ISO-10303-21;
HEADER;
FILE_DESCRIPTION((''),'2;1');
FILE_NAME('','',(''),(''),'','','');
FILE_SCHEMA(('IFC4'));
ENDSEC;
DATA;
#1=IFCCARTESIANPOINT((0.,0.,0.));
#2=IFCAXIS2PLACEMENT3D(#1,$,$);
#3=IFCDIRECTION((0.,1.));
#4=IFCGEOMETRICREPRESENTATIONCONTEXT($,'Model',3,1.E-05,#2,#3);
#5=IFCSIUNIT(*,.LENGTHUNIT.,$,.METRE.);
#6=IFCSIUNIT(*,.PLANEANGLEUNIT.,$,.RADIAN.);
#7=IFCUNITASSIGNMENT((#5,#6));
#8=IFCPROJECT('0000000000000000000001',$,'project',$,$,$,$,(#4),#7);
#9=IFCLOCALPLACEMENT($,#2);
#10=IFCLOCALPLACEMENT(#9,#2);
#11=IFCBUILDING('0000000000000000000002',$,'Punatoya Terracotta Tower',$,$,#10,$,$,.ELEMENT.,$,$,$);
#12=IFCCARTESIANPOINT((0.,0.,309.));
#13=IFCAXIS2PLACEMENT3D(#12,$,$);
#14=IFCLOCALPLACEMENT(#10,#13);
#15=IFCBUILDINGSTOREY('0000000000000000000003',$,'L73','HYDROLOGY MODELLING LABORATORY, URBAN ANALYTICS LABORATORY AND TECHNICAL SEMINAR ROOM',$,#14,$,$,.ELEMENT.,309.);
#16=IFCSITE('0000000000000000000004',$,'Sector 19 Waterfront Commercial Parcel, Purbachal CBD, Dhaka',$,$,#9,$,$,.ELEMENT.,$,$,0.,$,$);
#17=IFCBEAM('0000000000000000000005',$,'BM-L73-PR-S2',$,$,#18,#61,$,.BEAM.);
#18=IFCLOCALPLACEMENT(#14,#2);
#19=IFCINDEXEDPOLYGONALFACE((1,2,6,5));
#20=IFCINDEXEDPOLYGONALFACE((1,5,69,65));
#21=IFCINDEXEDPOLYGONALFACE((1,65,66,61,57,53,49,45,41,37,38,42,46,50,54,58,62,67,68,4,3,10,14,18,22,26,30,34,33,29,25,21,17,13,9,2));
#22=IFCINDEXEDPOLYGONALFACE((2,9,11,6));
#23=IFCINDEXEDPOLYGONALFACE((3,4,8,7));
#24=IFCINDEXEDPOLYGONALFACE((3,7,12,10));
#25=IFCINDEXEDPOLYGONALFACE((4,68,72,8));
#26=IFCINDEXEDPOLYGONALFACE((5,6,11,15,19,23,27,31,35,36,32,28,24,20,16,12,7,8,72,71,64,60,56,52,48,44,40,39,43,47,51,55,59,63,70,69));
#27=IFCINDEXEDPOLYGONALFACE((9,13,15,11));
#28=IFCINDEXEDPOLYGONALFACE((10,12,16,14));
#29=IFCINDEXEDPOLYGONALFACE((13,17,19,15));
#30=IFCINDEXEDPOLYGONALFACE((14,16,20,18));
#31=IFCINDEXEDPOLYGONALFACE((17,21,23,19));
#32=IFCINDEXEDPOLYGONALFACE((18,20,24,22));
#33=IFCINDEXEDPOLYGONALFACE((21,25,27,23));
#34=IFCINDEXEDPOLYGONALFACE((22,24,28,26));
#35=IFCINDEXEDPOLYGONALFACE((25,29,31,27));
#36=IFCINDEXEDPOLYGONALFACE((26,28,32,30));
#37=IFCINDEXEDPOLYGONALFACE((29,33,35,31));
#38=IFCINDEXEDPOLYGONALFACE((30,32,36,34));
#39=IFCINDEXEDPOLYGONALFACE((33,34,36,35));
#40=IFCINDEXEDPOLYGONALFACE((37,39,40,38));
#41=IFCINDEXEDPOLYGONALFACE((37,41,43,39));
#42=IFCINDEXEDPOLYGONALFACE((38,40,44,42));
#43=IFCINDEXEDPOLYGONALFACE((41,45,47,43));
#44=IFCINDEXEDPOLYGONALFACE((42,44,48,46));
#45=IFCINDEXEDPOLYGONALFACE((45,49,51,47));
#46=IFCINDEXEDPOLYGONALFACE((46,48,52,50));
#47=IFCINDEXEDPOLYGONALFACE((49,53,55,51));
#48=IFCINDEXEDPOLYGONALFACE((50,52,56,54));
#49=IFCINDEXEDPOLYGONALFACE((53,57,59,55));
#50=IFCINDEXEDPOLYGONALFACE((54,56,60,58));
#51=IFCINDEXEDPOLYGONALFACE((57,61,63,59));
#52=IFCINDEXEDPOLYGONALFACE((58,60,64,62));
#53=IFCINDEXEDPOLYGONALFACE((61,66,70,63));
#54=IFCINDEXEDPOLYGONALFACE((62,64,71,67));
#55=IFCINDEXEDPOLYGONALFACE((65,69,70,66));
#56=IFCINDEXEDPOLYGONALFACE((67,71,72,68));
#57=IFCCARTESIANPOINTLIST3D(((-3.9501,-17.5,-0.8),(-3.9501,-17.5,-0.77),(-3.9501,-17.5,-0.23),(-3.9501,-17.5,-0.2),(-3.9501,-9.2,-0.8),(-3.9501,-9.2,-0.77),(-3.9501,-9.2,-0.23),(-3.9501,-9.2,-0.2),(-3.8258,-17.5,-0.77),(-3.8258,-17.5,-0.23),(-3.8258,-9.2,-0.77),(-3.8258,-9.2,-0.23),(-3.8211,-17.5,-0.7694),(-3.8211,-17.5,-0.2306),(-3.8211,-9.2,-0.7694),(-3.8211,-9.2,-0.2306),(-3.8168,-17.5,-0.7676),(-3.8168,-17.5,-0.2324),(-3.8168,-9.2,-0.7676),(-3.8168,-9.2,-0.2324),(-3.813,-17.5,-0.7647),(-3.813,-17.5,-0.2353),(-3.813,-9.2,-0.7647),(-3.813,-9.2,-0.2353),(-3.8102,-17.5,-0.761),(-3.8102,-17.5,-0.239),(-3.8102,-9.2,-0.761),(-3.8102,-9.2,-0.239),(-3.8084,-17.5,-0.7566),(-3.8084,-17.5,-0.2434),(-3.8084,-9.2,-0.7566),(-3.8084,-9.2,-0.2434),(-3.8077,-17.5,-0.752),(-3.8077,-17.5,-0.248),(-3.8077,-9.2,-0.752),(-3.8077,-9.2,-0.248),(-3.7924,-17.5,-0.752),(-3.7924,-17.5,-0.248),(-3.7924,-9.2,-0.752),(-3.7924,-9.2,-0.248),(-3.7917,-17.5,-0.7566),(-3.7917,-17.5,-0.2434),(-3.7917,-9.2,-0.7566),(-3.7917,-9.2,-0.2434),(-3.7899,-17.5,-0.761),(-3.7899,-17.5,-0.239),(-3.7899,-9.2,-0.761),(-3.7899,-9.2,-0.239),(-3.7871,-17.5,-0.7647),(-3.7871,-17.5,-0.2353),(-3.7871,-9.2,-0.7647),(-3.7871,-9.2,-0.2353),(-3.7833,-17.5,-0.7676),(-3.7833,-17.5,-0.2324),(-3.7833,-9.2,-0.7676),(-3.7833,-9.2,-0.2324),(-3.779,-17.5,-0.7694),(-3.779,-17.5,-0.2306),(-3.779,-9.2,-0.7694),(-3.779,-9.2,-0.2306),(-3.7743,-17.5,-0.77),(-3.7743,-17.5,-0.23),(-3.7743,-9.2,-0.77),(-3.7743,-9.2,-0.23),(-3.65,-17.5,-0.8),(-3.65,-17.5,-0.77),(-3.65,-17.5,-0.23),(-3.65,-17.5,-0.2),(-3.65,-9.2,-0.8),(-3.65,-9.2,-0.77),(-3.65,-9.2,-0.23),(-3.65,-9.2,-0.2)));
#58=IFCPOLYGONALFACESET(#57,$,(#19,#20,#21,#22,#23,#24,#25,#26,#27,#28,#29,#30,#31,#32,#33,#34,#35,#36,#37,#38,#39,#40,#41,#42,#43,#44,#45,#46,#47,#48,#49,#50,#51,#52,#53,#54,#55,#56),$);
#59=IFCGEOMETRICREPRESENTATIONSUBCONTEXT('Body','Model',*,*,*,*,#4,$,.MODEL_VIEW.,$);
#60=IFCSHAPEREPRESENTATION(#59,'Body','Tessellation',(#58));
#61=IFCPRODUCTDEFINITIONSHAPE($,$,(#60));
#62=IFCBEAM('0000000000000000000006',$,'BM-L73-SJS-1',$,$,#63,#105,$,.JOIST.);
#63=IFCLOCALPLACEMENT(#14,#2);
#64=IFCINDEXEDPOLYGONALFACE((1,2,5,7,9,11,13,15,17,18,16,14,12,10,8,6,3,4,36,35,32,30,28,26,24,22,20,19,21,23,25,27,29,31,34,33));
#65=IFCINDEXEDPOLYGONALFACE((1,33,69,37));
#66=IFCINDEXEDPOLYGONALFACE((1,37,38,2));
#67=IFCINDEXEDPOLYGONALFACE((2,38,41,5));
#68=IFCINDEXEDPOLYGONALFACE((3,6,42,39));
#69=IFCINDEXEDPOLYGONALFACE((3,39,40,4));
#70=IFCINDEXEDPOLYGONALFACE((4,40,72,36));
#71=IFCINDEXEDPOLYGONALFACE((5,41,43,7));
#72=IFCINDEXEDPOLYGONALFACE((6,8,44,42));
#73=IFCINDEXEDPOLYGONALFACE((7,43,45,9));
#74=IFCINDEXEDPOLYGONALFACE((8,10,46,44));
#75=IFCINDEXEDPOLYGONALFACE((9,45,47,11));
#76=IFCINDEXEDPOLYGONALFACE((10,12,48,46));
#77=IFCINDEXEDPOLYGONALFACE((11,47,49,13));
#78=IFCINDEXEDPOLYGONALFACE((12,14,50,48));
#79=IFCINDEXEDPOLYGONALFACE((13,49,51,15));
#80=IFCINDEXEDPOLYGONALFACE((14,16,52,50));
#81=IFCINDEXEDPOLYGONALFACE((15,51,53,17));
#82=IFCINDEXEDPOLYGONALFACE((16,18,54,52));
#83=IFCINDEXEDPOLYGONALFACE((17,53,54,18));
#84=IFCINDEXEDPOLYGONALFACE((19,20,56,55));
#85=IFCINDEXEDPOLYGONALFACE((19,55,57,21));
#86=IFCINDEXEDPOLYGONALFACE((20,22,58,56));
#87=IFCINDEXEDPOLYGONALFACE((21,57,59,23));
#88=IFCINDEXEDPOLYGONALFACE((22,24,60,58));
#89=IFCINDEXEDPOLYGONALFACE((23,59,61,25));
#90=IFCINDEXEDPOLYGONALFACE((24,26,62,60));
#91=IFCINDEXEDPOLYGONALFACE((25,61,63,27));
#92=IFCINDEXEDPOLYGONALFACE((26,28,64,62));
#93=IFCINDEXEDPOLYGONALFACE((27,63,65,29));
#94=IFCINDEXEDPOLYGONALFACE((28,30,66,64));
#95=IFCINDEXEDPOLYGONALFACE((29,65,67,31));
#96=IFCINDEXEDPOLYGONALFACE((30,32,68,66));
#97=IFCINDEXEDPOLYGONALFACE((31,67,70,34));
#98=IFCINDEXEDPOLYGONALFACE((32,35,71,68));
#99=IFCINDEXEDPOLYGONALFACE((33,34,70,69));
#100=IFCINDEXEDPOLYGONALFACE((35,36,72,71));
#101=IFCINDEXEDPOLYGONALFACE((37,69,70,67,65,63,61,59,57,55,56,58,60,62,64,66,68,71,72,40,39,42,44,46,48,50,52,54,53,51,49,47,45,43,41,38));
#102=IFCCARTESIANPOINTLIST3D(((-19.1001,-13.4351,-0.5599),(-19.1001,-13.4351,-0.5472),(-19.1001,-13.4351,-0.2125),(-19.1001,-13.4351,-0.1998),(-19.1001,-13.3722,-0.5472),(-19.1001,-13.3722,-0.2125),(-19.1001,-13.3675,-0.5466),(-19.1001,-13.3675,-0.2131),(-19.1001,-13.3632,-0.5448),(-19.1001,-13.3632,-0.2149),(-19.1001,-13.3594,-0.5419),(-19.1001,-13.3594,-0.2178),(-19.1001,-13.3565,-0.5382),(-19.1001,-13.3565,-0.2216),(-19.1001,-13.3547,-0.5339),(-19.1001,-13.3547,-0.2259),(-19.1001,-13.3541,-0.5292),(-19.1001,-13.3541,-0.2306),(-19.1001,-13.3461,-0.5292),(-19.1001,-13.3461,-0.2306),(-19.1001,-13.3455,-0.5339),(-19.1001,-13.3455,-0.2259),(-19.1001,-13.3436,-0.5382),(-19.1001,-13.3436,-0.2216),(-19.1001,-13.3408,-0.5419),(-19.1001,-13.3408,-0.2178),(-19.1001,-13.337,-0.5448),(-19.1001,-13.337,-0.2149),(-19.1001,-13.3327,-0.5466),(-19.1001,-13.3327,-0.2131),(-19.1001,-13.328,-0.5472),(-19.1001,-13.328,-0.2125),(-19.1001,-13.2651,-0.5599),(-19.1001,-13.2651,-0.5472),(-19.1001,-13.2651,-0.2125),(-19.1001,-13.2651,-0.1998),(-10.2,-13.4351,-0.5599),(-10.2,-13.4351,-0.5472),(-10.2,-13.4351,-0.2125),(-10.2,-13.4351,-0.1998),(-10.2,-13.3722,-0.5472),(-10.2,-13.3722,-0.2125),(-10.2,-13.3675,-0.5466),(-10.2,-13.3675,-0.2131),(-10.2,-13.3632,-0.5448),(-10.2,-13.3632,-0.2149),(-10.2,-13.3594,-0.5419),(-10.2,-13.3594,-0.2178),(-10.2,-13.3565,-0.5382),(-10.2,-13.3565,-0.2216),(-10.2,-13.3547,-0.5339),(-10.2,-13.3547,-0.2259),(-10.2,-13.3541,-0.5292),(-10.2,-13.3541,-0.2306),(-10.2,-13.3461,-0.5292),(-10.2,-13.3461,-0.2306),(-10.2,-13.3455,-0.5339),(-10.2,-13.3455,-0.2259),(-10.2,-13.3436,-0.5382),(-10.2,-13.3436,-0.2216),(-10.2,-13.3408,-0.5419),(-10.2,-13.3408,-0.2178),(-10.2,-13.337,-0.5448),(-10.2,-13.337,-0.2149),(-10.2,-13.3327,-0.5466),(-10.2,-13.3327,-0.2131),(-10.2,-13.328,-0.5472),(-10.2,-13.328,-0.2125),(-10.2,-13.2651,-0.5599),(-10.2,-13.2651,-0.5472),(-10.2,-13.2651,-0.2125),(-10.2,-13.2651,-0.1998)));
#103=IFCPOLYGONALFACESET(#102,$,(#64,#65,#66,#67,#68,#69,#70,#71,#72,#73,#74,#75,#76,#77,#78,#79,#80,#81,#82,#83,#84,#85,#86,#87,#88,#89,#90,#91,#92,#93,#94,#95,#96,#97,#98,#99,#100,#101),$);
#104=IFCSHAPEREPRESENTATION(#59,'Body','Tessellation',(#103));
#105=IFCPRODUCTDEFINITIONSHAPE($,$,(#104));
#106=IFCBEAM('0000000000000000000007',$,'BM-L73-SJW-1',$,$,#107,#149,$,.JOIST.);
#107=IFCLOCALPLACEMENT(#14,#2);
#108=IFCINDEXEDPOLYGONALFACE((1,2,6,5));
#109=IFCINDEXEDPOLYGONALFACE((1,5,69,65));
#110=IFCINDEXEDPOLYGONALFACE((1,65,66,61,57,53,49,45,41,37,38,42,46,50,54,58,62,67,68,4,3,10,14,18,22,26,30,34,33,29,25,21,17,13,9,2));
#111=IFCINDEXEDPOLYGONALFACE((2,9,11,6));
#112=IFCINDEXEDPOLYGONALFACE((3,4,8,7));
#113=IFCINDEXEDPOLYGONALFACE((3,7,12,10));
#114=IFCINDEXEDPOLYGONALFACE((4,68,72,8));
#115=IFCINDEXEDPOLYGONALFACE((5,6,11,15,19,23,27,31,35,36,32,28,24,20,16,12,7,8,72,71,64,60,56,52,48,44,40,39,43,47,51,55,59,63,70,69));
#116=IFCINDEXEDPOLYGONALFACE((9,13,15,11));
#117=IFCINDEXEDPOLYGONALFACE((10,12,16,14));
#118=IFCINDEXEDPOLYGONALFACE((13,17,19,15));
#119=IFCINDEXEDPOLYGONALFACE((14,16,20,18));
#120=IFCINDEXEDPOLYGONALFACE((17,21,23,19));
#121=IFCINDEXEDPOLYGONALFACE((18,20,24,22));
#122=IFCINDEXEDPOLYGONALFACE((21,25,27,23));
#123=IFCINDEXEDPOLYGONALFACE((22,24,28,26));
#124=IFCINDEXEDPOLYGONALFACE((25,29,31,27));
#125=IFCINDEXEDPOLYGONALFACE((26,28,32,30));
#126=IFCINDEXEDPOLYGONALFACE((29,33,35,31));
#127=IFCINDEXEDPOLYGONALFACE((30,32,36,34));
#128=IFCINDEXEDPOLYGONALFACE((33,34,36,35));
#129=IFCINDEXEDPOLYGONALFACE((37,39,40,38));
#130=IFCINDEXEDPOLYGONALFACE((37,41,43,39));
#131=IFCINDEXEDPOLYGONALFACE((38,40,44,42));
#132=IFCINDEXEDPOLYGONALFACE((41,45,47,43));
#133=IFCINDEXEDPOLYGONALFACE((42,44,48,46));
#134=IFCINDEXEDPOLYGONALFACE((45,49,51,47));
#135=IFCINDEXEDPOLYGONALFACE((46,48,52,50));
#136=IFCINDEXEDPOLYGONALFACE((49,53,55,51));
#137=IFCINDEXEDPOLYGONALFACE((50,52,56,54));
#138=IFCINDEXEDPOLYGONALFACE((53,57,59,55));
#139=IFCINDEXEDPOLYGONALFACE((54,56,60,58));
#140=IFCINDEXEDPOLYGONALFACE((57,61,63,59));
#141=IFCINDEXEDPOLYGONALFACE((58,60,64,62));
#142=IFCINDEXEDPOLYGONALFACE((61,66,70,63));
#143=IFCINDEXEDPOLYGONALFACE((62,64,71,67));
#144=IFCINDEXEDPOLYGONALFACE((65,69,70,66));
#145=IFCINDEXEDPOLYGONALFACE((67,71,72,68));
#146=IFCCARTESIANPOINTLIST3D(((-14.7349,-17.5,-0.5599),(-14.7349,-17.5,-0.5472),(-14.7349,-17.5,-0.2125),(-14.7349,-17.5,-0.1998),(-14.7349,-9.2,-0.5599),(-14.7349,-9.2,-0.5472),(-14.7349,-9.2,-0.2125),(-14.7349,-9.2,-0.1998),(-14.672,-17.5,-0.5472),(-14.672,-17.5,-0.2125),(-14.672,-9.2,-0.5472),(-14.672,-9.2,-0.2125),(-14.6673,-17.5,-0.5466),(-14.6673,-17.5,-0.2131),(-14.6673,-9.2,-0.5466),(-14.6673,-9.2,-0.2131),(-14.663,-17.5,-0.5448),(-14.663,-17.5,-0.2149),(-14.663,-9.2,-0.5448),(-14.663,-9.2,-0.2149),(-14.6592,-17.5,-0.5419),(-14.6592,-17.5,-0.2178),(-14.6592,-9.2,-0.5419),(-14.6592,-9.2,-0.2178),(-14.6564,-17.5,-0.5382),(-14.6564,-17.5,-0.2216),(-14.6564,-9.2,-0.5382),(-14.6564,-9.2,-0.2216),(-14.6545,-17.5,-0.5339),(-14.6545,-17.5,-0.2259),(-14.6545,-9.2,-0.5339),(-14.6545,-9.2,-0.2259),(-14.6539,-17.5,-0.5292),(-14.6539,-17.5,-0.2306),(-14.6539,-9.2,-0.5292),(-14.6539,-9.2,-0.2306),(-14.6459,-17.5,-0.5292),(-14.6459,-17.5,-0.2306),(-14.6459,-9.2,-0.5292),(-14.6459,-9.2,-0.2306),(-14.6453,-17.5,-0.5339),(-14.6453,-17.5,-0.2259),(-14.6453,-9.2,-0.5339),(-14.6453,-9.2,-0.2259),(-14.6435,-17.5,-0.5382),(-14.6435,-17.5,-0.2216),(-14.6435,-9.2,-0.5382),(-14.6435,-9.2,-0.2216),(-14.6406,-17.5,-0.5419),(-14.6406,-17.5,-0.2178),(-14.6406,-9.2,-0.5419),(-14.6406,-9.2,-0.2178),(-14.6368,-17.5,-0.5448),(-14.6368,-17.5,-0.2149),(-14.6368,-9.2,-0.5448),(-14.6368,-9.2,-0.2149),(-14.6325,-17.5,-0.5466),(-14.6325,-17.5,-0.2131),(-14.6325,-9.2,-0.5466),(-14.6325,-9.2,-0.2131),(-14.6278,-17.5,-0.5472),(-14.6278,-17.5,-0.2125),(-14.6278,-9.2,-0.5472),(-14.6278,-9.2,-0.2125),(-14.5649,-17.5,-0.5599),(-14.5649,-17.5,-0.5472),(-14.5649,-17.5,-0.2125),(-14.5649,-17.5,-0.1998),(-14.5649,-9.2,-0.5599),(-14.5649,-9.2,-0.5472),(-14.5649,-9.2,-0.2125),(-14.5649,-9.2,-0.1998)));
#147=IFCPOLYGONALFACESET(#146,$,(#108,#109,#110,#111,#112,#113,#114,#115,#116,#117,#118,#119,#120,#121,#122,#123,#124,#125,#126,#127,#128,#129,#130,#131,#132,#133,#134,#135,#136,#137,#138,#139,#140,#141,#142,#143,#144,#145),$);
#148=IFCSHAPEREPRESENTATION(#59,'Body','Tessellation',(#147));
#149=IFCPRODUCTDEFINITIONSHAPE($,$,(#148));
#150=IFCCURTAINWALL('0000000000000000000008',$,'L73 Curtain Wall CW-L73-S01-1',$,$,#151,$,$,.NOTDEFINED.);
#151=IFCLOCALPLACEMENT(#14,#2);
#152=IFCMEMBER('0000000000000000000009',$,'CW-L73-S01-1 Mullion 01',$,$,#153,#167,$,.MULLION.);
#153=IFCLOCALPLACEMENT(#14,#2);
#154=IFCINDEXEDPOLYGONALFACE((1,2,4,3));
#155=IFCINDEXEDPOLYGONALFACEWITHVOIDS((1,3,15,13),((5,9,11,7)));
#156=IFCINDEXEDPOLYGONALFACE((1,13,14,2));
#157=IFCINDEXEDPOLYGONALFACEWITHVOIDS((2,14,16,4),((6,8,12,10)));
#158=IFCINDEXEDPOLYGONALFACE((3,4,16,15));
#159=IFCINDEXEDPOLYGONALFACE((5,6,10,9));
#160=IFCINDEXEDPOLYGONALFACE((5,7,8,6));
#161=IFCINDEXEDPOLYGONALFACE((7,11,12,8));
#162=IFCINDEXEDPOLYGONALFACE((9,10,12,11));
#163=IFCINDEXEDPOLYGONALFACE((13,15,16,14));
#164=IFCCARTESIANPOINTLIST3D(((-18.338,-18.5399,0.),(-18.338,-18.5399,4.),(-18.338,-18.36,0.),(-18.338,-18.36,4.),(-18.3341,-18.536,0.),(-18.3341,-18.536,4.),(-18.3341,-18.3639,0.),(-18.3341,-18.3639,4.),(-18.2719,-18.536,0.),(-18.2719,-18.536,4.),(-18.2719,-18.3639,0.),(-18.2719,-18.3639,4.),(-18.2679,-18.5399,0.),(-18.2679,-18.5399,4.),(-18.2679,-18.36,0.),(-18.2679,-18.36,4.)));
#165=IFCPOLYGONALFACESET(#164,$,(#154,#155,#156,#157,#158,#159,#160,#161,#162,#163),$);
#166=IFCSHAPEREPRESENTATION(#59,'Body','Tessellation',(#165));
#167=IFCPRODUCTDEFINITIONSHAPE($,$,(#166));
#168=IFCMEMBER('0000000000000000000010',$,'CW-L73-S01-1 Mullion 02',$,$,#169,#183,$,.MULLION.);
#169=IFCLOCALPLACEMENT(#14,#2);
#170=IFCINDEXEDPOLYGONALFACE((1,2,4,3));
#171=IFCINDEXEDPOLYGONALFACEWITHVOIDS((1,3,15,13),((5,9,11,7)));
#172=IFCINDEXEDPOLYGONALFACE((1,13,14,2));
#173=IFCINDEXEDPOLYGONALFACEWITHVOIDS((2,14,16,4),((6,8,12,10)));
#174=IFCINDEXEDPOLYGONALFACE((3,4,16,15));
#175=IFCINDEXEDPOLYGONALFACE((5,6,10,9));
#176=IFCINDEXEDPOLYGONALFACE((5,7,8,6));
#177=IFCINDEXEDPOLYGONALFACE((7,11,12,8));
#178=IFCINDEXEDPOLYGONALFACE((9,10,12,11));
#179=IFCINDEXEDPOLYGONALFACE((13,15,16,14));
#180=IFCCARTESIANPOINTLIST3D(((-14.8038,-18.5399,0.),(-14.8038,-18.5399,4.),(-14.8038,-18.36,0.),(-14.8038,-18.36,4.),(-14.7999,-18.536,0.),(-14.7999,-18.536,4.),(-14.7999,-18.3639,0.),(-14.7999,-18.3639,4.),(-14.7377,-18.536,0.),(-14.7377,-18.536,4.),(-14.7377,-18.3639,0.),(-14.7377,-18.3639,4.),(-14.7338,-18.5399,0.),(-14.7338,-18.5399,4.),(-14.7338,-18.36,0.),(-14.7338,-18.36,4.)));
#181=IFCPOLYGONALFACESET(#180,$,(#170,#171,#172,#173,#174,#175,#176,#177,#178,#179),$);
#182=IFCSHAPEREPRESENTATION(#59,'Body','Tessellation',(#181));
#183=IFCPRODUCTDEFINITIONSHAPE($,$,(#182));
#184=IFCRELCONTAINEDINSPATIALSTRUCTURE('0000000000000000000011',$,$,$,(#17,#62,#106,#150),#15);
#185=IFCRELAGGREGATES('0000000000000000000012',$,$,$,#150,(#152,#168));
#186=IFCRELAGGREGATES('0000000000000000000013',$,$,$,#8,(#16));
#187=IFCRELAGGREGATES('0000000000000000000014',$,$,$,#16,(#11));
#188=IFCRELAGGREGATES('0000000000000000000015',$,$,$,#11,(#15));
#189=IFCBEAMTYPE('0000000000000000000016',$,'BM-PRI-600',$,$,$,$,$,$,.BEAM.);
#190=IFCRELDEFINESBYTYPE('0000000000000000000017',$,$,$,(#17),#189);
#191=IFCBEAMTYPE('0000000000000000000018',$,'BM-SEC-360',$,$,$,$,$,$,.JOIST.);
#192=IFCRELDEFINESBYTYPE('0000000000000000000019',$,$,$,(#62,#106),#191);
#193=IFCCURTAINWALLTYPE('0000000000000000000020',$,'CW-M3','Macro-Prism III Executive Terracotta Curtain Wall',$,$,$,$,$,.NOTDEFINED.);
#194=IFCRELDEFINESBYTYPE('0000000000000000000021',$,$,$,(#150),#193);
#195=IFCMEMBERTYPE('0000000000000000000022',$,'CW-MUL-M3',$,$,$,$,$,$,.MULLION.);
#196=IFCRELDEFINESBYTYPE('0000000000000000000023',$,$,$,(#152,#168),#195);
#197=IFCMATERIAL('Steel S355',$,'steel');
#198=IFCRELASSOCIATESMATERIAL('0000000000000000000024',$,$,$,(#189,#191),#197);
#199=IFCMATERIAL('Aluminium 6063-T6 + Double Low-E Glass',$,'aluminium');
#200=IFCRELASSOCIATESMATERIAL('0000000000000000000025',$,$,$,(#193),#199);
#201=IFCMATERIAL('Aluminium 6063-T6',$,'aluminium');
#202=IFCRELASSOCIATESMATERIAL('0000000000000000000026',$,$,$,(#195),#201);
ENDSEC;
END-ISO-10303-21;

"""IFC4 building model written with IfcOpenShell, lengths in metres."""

from ifc_helpers import new_model, si_unit, direction, frame, origin, origin_2d, place, context, subcontext, project, spatial, hollow_rectangle, i_section, extrude, material, material_profile, profile_set, type_object, element, aggregate, save


model = new_model("IFC4")

# Units and contexts
model_context = context("Model", 3, precision=1e-05, world=origin(), true_north=direction((0.0, 1.0)))
body_context = subcontext(model_context, "Body", "Model", "MODEL_VIEW")
ifc_project = project(units=[si_unit("LENGTHUNIT", "METRE"), si_unit("PLANEANGLEUNIT", "RADIAN")], contexts=[model_context])

# Site, building, storey
site_placement = place(None, origin())
site = spatial("IfcSite", under=ifc_project, at=site_placement, Name="Sector 19 Waterfront Commercial Parcel, Purbachal CBD, Dhaka", CompositionType="ELEMENT", RefElevation=0.0)
building_placement = place(site_placement, origin())
building = spatial("IfcBuilding", under=site, at=building_placement, Name="Punatoya Terracotta Tower", CompositionType="ELEMENT")
storey_placement = place(building_placement, frame((0.0, 0.0, 309.0)))
storey = spatial("IfcBuildingStorey", under=building, at=storey_placement, Name="L73", Description="HYDROLOGY MODELLING LABORATORY, URBAN ANALYTICS LABORATORY AND TECHNICAL SEMINAR ROOM", CompositionType="ELEMENT", Elevation=309.0)

# Beams
ifc_material_1 = material(Name="Steel S355", Category="steel")
ifc_material_profile_1 = material_profile(ifc_material_1, i_section(OverallWidth=0.3, OverallDepth=0.6001, WebThickness=0.0154, FlangeThickness=0.03, FilletRadius=0.0181, at=origin_2d()))
ifc_profile_set_1 = profile_set([ifc_material_profile_1], Name="Steel S355")
beam_type_1 = type_object("IfcBeamType", Name="BM-PRI-600", PredefinedType="BEAM", material=ifc_profile_set_1)
for number, where, z_axis, x_axis, name in (
    (1, (-3.8, -17.5, -0.5), (0.0, 1.0, 0.0), (-1.0, 0.0, 0.0), "BM-L73-PR-S2"),
):
    element("IfcBeam", number, at=place(storey_placement, frame(where, z_axis=z_axis, x_axis=x_axis)), inside=storey, type_object=beam_type_1, Name=name, PredefinedType="BEAM", context=body_context, shape_type="SweptSolid", body=[
        extrude(i_section(OverallWidth=0.3, OverallDepth=0.6001, WebThickness=0.0154, FlangeThickness=0.03, FilletRadius=0.0181, at=origin_2d()), origin(), (0.0, 0.0, 1.0), 8.3),
    ])
ifc_material_profile_2 = material_profile(ifc_material_1, i_section(OverallWidth=0.1699, OverallDepth=0.3601, WebThickness=0.0081, FlangeThickness=0.0127, FilletRadius=0.0181, at=origin_2d()))
ifc_profile_set_2 = profile_set([ifc_material_profile_2], Name="Steel S355")
beam_type_2 = type_object("IfcBeamType", Name="BM-SEC-360", PredefinedType="JOIST", material=ifc_profile_set_2)
beam_1_placement = place(storey_placement, frame((-19.1001, -13.3501, -0.3799), z_axis=(1.0, 0.0, 0.0), x_axis=(0.0, 1.0, 0.0)))
element("IfcBeam", 2, at=beam_1_placement, inside=storey, type_object=beam_type_2, Name="BM-L73-SJS-1", PredefinedType="JOIST", context=body_context, shape_type="SweptSolid", body=[
    extrude(i_section(OverallWidth=0.1699, OverallDepth=0.3601, WebThickness=0.0081, FlangeThickness=0.0127, FilletRadius=0.0181, at=origin_2d()), origin(), (0.0, 0.0, 1.0), 8.9001),
])
beam_2_placement = place(storey_placement, frame((-14.6499, -17.5, -0.3799), z_axis=(0.0, 1.0, 0.0), x_axis=(-1.0, 0.0, 0.0)))
element("IfcBeam", 3, at=beam_2_placement, inside=storey, type_object=beam_type_2, Name="BM-L73-SJW-1", PredefinedType="JOIST", context=body_context, shape_type="SweptSolid", body=[
    extrude(i_section(OverallWidth=0.1699, OverallDepth=0.3601, WebThickness=0.0081, FlangeThickness=0.0127, FilletRadius=0.0181, at=origin_2d()), origin(), (0.0, 0.0, 1.0), 8.3),
])

# Curtain wall, members
ifc_material_2 = material(Name="Aluminium 6063-T6 + Double Low-E Glass", Category="aluminium")
curtain_wall_type = type_object("IfcCurtainWallType", Name="CW-M3", Description="Macro-Prism III Executive Terracotta Curtain Wall", PredefinedType="NOTDEFINED", material=ifc_material_2)
curtain_wall_placement = place(storey_placement, origin())
curtain_wall = element("IfcCurtainWall", 4, at=curtain_wall_placement, inside=storey, type_object=curtain_wall_type, Name="L73 Curtain Wall CW-L73-S01-1", PredefinedType="NOTDEFINED")
ifc_material_3 = material(Name="Aluminium 6063-T6", Category="aluminium")
ifc_material_profile_3 = material_profile(ifc_material_3, hollow_rectangle(XDim=0.0701, YDim=0.1799, WallThickness=0.0039, at=origin_2d()))
ifc_profile_set_3 = profile_set([ifc_material_profile_3], Name="Aluminium 6063-T6")
member_type = type_object("IfcMemberType", Name="CW-MUL-M3", PredefinedType="MULLION", material=ifc_profile_set_3)
member_1_placement = place(storey_placement, frame((-18.303, -18.45, 0.0), z_axis=(0.0, 0.0, 1.0), x_axis=(1.0, 0.0, 0.0)))
member_1 = element("IfcMember", 5, at=member_1_placement, type_object=member_type, Name="CW-L73-S01-1 Mullion 01", PredefinedType="MULLION", context=body_context, shape_type="SweptSolid", body=[
    extrude(hollow_rectangle(XDim=0.0701, YDim=0.1799, WallThickness=0.0039, at=origin_2d()), origin(), (0.0, 0.0, 1.0), 4.0),
])
member_2_placement = place(storey_placement, frame((-14.7688, -18.45, 0.0), z_axis=(0.0, 0.0, 1.0), x_axis=(1.0, 0.0, 0.0)))
member_2 = element("IfcMember", 6, at=member_2_placement, type_object=member_type, Name="CW-L73-S01-1 Mullion 02", PredefinedType="MULLION", context=body_context, shape_type="SweptSolid", body=[
    extrude(hollow_rectangle(XDim=0.0701, YDim=0.1799, WallThickness=0.0039, at=origin_2d()), origin(), (0.0, 0.0, 1.0), 4.0),
])
aggregate(curtain_wall, [member_1, member_2])

save(model, "model.ifc")
